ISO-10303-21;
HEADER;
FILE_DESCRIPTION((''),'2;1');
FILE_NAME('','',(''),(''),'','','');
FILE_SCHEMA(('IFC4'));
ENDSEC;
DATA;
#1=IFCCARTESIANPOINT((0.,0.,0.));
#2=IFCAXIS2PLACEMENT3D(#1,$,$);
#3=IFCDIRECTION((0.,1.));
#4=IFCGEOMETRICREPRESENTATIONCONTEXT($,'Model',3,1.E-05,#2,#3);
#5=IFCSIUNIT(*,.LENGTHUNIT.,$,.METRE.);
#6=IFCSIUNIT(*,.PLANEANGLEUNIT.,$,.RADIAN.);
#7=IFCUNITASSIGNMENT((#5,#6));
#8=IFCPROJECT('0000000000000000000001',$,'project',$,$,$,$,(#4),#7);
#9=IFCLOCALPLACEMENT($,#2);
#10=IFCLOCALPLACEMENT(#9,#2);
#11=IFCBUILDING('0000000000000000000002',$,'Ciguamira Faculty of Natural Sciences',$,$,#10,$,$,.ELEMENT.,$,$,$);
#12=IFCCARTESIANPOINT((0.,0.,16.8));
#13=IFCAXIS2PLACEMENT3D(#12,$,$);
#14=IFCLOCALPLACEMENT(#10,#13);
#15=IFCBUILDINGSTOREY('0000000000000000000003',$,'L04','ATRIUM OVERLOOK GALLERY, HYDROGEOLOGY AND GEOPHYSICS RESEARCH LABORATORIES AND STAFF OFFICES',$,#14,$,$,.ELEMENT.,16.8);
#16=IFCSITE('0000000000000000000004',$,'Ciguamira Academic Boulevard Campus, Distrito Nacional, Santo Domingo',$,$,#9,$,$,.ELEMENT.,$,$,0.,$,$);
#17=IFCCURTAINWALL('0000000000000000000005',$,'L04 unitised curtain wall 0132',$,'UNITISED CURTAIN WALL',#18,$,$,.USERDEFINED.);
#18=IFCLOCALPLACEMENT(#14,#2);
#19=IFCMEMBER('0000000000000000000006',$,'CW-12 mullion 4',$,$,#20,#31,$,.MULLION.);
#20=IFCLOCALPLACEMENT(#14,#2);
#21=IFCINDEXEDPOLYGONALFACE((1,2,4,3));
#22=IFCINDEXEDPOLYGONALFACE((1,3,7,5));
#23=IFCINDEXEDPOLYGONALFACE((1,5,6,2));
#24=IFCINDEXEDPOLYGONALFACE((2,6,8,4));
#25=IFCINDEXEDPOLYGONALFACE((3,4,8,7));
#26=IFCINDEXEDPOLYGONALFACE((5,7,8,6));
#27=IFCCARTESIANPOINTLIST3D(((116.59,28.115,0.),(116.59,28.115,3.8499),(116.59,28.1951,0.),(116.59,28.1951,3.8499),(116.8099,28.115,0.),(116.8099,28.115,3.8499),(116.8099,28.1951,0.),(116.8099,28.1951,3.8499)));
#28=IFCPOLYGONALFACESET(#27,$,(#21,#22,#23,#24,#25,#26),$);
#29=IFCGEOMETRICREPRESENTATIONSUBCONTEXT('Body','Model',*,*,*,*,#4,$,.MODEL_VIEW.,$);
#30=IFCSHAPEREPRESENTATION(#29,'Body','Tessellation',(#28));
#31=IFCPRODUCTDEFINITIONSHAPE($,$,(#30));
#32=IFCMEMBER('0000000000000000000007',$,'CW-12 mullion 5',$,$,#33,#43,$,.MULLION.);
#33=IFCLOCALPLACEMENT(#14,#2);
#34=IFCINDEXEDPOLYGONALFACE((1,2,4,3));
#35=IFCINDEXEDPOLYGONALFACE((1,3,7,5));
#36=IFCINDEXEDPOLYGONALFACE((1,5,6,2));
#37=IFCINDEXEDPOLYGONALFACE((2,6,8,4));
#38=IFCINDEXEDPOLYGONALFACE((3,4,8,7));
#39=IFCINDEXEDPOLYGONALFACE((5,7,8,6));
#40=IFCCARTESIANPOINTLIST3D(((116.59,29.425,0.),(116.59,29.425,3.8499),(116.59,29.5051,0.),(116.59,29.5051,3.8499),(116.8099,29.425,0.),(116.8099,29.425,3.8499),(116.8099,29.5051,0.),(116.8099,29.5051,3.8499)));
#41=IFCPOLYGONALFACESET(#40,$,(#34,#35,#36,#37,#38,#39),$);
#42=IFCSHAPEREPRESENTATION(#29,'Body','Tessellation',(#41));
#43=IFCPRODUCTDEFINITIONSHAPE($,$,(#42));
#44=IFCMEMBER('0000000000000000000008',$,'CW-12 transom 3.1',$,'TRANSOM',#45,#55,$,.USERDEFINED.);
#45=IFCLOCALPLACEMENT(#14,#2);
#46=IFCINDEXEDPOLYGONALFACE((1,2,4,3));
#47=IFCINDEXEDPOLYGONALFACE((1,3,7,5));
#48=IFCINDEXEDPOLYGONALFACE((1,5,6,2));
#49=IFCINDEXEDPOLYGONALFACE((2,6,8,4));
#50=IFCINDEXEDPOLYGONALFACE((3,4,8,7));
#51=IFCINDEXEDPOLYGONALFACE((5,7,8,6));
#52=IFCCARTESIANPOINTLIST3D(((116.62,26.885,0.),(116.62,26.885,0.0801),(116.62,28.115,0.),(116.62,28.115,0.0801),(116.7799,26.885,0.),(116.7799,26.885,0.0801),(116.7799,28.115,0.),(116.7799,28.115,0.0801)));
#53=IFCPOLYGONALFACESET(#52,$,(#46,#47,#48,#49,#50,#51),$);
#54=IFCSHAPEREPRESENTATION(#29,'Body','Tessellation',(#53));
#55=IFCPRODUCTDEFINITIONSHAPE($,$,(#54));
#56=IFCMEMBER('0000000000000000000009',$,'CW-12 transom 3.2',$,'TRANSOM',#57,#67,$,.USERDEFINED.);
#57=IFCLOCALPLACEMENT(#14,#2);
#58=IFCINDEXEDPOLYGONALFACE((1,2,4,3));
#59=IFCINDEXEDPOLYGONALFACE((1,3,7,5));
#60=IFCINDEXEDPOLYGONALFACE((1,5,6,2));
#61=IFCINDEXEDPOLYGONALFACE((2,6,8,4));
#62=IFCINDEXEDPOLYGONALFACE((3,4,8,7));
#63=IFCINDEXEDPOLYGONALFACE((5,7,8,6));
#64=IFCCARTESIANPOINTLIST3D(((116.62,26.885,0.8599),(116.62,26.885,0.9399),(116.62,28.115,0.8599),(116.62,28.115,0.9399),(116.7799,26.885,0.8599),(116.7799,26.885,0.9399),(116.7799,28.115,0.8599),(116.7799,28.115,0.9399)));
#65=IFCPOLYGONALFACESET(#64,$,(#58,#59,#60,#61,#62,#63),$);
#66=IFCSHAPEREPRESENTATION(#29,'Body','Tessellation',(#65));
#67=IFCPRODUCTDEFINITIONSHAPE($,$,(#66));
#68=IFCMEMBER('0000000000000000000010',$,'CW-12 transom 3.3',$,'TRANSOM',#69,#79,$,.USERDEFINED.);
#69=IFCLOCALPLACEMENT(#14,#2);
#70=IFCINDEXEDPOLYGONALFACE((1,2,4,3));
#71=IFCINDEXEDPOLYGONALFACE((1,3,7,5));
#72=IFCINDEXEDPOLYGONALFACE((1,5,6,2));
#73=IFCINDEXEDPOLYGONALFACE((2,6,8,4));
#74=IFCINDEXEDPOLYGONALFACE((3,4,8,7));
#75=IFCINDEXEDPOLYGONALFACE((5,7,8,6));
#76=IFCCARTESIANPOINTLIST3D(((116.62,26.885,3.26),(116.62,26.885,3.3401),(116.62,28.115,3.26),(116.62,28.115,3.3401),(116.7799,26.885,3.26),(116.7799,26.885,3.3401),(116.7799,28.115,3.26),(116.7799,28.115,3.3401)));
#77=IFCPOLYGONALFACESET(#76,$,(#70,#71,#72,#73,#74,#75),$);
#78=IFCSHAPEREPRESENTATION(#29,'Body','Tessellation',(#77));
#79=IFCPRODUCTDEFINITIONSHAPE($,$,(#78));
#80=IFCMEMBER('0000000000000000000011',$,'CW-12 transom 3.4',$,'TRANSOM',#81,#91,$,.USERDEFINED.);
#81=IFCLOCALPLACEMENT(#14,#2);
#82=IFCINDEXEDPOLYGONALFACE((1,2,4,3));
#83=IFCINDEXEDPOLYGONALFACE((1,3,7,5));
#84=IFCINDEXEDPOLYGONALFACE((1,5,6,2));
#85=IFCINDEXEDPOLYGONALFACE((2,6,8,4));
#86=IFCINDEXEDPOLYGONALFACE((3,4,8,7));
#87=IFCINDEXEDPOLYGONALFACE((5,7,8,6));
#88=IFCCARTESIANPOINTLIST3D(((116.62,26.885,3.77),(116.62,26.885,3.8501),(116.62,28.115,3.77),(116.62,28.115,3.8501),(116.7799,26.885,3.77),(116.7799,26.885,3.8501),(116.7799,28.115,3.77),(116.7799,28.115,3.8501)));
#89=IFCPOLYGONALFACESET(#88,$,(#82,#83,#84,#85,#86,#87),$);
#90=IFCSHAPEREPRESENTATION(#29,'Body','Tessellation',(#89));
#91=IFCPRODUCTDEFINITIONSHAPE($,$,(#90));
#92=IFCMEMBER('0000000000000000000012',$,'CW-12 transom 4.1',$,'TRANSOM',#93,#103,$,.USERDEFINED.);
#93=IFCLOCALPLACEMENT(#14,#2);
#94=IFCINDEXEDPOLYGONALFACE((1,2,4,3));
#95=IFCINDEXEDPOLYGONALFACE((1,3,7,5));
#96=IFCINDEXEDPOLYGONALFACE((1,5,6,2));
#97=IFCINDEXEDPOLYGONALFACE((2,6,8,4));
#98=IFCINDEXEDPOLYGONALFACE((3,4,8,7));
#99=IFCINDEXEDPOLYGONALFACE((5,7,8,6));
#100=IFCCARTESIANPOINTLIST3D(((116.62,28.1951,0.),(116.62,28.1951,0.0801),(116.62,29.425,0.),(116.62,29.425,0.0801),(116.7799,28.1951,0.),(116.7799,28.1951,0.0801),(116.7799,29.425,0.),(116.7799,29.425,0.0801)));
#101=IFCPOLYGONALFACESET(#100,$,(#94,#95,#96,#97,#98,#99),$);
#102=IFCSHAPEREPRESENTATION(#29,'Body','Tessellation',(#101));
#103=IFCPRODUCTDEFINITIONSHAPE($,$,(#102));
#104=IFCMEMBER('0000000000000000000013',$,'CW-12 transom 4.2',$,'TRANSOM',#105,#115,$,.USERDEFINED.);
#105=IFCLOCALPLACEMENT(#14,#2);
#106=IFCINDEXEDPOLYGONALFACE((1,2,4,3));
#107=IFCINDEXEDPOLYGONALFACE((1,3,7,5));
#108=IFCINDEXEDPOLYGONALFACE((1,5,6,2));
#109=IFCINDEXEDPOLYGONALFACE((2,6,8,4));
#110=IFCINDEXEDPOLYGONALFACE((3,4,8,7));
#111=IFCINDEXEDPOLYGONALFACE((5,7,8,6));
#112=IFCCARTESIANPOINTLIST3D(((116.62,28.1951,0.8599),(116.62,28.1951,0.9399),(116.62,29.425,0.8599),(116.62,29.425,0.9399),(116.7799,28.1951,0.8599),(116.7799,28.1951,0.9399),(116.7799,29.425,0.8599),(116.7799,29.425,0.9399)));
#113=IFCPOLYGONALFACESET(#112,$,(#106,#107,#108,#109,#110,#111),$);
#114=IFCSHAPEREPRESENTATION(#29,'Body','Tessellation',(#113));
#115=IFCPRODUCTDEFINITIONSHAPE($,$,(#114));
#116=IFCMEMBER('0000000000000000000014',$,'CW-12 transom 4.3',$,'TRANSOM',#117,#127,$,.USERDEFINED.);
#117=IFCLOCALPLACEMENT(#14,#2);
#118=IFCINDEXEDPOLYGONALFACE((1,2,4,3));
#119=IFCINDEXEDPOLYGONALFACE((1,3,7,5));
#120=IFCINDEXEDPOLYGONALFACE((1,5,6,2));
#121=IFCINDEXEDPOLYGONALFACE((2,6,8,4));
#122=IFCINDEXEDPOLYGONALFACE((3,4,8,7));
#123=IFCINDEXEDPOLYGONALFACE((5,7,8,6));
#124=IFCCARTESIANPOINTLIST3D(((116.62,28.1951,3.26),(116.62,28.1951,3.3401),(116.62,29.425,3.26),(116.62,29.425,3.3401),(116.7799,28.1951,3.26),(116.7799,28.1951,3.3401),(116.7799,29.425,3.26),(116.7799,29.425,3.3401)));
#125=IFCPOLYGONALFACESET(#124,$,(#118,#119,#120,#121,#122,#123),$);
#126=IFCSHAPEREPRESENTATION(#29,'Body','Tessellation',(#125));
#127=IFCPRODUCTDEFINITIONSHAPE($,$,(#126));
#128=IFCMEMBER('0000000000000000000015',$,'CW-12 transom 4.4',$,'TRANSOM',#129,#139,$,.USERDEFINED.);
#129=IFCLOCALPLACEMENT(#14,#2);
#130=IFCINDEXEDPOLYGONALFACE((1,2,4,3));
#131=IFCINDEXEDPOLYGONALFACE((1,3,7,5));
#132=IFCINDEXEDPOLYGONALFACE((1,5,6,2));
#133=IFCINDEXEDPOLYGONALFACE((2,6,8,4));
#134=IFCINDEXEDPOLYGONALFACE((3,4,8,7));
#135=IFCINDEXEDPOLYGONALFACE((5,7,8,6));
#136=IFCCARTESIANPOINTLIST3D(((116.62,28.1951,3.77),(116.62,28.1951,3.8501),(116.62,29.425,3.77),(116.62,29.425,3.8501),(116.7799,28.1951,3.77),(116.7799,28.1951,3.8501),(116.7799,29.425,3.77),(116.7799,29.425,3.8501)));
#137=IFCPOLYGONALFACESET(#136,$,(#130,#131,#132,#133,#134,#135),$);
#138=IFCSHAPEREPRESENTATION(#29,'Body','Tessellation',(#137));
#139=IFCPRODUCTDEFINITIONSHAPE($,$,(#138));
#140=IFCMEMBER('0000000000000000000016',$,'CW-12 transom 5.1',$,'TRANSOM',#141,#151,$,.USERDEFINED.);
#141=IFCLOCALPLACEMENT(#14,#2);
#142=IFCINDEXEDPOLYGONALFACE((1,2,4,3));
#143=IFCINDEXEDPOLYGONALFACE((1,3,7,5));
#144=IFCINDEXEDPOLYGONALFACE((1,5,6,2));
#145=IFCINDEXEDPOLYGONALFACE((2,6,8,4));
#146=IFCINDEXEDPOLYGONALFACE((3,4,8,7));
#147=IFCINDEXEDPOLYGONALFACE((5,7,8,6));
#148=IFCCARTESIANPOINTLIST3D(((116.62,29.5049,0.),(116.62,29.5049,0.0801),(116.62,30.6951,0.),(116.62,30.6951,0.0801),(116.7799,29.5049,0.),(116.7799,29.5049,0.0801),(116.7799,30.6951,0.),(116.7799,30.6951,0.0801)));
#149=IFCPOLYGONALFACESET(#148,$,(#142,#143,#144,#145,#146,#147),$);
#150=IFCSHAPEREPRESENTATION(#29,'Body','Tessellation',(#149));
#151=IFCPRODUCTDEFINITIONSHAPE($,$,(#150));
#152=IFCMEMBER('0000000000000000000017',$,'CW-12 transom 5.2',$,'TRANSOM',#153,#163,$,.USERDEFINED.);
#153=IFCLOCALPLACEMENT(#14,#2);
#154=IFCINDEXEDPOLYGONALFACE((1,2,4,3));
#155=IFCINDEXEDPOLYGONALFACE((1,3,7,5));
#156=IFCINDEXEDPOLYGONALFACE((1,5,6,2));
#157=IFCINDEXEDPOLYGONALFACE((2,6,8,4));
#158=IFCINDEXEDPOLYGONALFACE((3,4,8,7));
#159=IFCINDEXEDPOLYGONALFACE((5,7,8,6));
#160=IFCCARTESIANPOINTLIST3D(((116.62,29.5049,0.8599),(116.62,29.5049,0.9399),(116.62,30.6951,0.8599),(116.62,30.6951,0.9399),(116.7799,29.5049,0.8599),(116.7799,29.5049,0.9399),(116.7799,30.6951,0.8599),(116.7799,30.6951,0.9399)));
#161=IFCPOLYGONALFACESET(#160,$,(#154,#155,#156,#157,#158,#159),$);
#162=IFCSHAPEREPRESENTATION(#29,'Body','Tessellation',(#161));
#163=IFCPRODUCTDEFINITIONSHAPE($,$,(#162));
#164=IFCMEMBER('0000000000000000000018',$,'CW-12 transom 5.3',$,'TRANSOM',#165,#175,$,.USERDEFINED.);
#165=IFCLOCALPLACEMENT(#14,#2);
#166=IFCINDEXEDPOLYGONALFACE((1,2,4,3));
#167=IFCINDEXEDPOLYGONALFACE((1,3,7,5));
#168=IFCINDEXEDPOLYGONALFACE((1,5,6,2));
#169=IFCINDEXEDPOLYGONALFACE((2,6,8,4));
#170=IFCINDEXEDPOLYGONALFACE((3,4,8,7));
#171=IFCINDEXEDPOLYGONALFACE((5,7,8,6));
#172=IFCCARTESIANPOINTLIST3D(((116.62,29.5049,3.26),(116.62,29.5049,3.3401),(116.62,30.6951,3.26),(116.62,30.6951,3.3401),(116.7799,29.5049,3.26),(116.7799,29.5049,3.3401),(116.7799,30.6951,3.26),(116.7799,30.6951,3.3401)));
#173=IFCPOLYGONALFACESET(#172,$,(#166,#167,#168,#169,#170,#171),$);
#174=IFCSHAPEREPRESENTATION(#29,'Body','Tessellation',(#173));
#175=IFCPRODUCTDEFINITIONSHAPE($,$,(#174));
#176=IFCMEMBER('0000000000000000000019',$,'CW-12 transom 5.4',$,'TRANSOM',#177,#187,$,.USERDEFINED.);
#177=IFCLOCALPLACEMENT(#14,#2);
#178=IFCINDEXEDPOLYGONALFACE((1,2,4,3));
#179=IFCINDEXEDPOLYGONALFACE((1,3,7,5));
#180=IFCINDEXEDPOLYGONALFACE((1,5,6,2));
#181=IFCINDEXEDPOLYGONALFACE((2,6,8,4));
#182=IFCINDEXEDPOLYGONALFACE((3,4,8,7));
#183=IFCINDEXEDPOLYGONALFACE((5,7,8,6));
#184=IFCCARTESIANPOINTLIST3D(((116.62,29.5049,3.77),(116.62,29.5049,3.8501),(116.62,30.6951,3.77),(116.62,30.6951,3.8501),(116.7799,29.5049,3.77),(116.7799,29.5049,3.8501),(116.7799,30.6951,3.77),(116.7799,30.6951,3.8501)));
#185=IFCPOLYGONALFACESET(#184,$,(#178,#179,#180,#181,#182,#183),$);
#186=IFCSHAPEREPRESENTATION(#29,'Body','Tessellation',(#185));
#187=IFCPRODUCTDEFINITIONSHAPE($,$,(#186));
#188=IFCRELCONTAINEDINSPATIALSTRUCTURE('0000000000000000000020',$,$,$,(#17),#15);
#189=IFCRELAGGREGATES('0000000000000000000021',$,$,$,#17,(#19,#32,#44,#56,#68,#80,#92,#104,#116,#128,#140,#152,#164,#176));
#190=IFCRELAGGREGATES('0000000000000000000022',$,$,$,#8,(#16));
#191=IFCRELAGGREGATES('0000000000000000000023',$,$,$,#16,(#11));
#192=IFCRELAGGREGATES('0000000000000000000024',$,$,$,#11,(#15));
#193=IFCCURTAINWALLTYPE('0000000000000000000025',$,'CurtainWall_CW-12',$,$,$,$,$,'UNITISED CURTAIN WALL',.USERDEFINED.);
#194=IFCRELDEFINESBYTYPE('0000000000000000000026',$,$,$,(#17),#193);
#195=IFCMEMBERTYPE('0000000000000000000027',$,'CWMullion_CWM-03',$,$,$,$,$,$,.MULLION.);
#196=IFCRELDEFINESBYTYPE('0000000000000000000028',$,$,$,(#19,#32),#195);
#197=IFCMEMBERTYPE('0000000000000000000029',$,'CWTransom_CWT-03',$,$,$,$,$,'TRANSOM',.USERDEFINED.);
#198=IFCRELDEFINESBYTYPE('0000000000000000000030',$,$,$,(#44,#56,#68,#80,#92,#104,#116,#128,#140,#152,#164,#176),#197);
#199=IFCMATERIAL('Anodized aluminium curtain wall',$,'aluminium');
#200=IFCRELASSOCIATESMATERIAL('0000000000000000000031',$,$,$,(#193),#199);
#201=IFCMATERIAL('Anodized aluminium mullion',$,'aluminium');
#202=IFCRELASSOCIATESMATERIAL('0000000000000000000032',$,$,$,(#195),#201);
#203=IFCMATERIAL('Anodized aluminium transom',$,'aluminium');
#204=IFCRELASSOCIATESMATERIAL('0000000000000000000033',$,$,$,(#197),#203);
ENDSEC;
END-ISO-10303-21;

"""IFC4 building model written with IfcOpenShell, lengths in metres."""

from ifc_helpers import new_model, si_unit, direction, frame, origin, origin_2d, place, context, subcontext, project, spatial, rectangle, extrude, material, material_profile, profile_set, type_object, element, aggregate, save


model = new_model("IFC4")

# Units and contexts
model_context = context("Model", 3, precision=1e-05, world=origin(), true_north=direction((0.0, 1.0)))
body_context = subcontext(model_context, "Body", "Model", "MODEL_VIEW")
ifc_project = project(units=[si_unit("LENGTHUNIT", "METRE"), si_unit("PLANEANGLEUNIT", "RADIAN")], contexts=[model_context])

# Site, building, storey
site_placement = place(None, origin())
site = spatial("IfcSite", under=ifc_project, at=site_placement, Name="Ciguamira Academic Boulevard Campus, Distrito Nacional, Santo Domingo", CompositionType="ELEMENT", RefElevation=0.0)
building_placement = place(site_placement, origin())
building = spatial("IfcBuilding", under=site, at=building_placement, Name="Ciguamira Faculty of Natural Sciences", CompositionType="ELEMENT")
storey_placement = place(building_placement, frame((0.0, 0.0, 16.8)))
storey = spatial("IfcBuildingStorey", under=building, at=storey_placement, Name="L04", Description="ATRIUM OVERLOOK GALLERY, HYDROGEOLOGY AND GEOPHYSICS RESEARCH LABORATORIES AND STAFF OFFICES", CompositionType="ELEMENT", Elevation=16.8)

# Curtain wall, members
ifc_material_1 = material(Name="Anodized aluminium curtain wall", Category="aluminium")
curtain_wall_type = type_object("IfcCurtainWallType", Name="CurtainWall_CW-12", ElementType="UNITISED CURTAIN WALL", PredefinedType="USERDEFINED", material=ifc_material_1)
curtain_wall_placement = place(storey_placement, origin())
curtain_wall = element("IfcCurtainWall", 1, at=curtain_wall_placement, inside=storey, type_object=curtain_wall_type, Name="L04 unitised curtain wall 0132", ObjectType="UNITISED CURTAIN WALL", PredefinedType="USERDEFINED")
ifc_material_2 = material(Name="Anodized aluminium mullion", Category="aluminium")
ifc_material_profile_1 = material_profile(ifc_material_2, rectangle(XDim=0.0801, YDim=0.22, at=origin_2d()), Name="ALU-MUL-80X220")
ifc_profile_set_1 = profile_set([ifc_material_profile_1], Name="Anodized aluminium mullion")
member_type_1 = type_object("IfcMemberType", Name="CWMullion_CWM-03", PredefinedType="MULLION", material=ifc_profile_set_1)
member_1_placement = place(storey_placement, frame((116.7, 28.155, 0.0), z_axis=(0.0, 0.0, 1.0), x_axis=(0.0, 1.0, 0.0)))
member_1 = element("IfcMember", 2, at=member_1_placement, type_object=member_type_1, Name="CW-12 mullion 4", PredefinedType="MULLION", context=body_context, shape_type="SweptSolid", body=[
    extrude(rectangle(XDim=0.0801, YDim=0.22, at=origin_2d()), origin(), (0.0, 0.0, 1.0), 3.8499),
])
member_2_placement = place(storey_placement, frame((116.7, 29.4651, 0.0), z_axis=(0.0, 0.0, 1.0), x_axis=(0.0, 1.0, 0.0)))
member_2 = element("IfcMember", 3, at=member_2_placement, type_object=member_type_1, Name="CW-12 mullion 5", PredefinedType="MULLION", context=body_context, shape_type="SweptSolid", body=[
    extrude(rectangle(XDim=0.0801, YDim=0.22, at=origin_2d()), origin(), (0.0, 0.0, 1.0), 3.8499),
])
ifc_material_3 = material(Name="Anodized aluminium transom", Category="aluminium")
ifc_material_profile_2 = material_profile(ifc_material_3, rectangle(XDim=0.0801, YDim=0.1599, at=origin_2d()), Name="ALU-TRN-80X160")
ifc_profile_set_2 = profile_set([ifc_material_profile_2], Name="Anodized aluminium transom")
member_type_2 = type_object("IfcMemberType", Name="CWTransom_CWT-03", ElementType="TRANSOM", PredefinedType="USERDEFINED", material=ifc_profile_set_2)
member_3_placement = place(storey_placement, frame((116.7, 26.885, 0.04), z_axis=(0.0, 1.0, 0.0), x_axis=(0.0, 0.0, 1.0)))
member_3 = element("IfcMember", 4, at=member_3_placement, type_object=member_type_2, Name="CW-12 transom 3.1", ObjectType="TRANSOM", PredefinedType="USERDEFINED", context=body_context, shape_type="SweptSolid", body=[
    extrude(rectangle(XDim=0.0801, YDim=0.1599, at=origin_2d()), origin(), (0.0, 0.0, 1.0), 1.23),
])
member_4_placement = place(storey_placement, frame((116.7, 26.885, 0.8999), z_axis=(0.0, 1.0, 0.0), x_axis=(0.0, 0.0, 1.0)))
member_4 = element("IfcMember", 5, at=member_4_placement, type_object=member_type_2, Name="CW-12 transom 3.2", ObjectType="TRANSOM", PredefinedType="USERDEFINED", context=body_context, shape_type="SweptSolid", body=[
    extrude(rectangle(XDim=0.0801, YDim=0.1599, at=origin_2d()), origin(), (0.0, 0.0, 1.0), 1.23),
])
member_5_placement = place(storey_placement, frame((116.7, 26.885, 3.3), z_axis=(0.0, 1.0, 0.0), x_axis=(0.0, 0.0, 1.0)))
member_5 = element("IfcMember", 6, at=member_5_placement, type_object=member_type_2, Name="CW-12 transom 3.3", ObjectType="TRANSOM", PredefinedType="USERDEFINED", context=body_context, shape_type="SweptSolid", body=[
    extrude(rectangle(XDim=0.0801, YDim=0.1599, at=origin_2d()), origin(), (0.0, 0.0, 1.0), 1.23),
])
member_6_placement = place(storey_placement, frame((116.7, 26.885, 3.8101), z_axis=(0.0, 1.0, 0.0), x_axis=(0.0, 0.0, 1.0)))
member_6 = element("IfcMember", 7, at=member_6_placement, type_object=member_type_2, Name="CW-12 transom 3.4", ObjectType="TRANSOM", PredefinedType="USERDEFINED", context=body_context, shape_type="SweptSolid", body=[
    extrude(rectangle(XDim=0.0801, YDim=0.1599, at=origin_2d()), origin(), (0.0, 0.0, 1.0), 1.23),
])
member_7_placement = place(storey_placement, frame((116.7, 28.1951, 0.04), z_axis=(0.0, 1.0, 0.0), x_axis=(0.0, 0.0, 1.0)))
member_7 = element("IfcMember", 8, at=member_7_placement, type_object=member_type_2, Name="CW-12 transom 4.1", ObjectType="TRANSOM", PredefinedType="USERDEFINED", context=body_context, shape_type="SweptSolid", body=[
    extrude(rectangle(XDim=0.0801, YDim=0.1599, at=origin_2d()), origin(), (0.0, 0.0, 1.0), 1.23),
])
member_8_placement = place(storey_placement, frame((116.7, 28.1951, 0.8999), z_axis=(0.0, 1.0, 0.0), x_axis=(0.0, 0.0, 1.0)))
member_8 = element("IfcMember", 9, at=member_8_placement, type_object=member_type_2, Name="CW-12 transom 4.2", ObjectType="TRANSOM", PredefinedType="USERDEFINED", context=body_context, shape_type="SweptSolid", body=[
    extrude(rectangle(XDim=0.0801, YDim=0.1599, at=origin_2d()), origin(), (0.0, 0.0, 1.0), 1.23),
])
member_9_placement = place(storey_placement, frame((116.7, 28.1951, 3.3), z_axis=(0.0, 1.0, 0.0), x_axis=(0.0, 0.0, 1.0)))
member_9 = element("IfcMember", 10, at=member_9_placement, type_object=member_type_2, Name="CW-12 transom 4.3", ObjectType="TRANSOM", PredefinedType="USERDEFINED", context=body_context, shape_type="SweptSolid", body=[
    extrude(rectangle(XDim=0.0801, YDim=0.1599, at=origin_2d()), origin(), (0.0, 0.0, 1.0), 1.23),
])
member_10_placement = place(storey_placement, frame((116.7, 28.1951, 3.8101), z_axis=(0.0, 1.0, 0.0), x_axis=(0.0, 0.0, 1.0)))
member_10 = element("IfcMember", 11, at=member_10_placement, type_object=member_type_2, Name="CW-12 transom 4.4", ObjectType="TRANSOM", PredefinedType="USERDEFINED", context=body_context, shape_type="SweptSolid", body=[
    extrude(rectangle(XDim=0.0801, YDim=0.1599, at=origin_2d()), origin(), (0.0, 0.0, 1.0), 1.23),
])
member_11_placement = place(storey_placement, frame((116.7, 29.5049, 0.04), z_axis=(0.0, 1.0, 0.0), x_axis=(0.0, 0.0, 1.0)))
member_11 = element("IfcMember", 12, at=member_11_placement, type_object=member_type_2, Name="CW-12 transom 5.1", ObjectType="TRANSOM", PredefinedType="USERDEFINED", context=body_context, shape_type="SweptSolid", body=[
    extrude(rectangle(XDim=0.0801, YDim=0.1599, at=origin_2d()), origin(), (0.0, 0.0, 1.0), 1.1902),
])
member_12_placement = place(storey_placement, frame((116.7, 29.5049, 0.8999), z_axis=(0.0, 1.0, 0.0), x_axis=(0.0, 0.0, 1.0)))
member_12 = element("IfcMember", 13, at=member_12_placement, type_object=member_type_2, Name="CW-12 transom 5.2", ObjectType="TRANSOM", PredefinedType="USERDEFINED", context=body_context, shape_type="SweptSolid", body=[
    extrude(rectangle(XDim=0.0801, YDim=0.1599, at=origin_2d()), origin(), (0.0, 0.0, 1.0), 1.1902),
])
member_13_placement = place(storey_placement, frame((116.7, 29.5049, 3.3), z_axis=(0.0, 1.0, 0.0), x_axis=(0.0, 0.0, 1.0)))
member_13 = element("IfcMember", 14, at=member_13_placement, type_object=member_type_2, Name="CW-12 transom 5.3", ObjectType="TRANSOM", PredefinedType="USERDEFINED", context=body_context, shape_type="SweptSolid", body=[
    extrude(rectangle(XDim=0.0801, YDim=0.1599, at=origin_2d()), origin(), (0.0, 0.0, 1.0), 1.1902),
])
member_14_placement = place(storey_placement, frame((116.7, 29.5049, 3.8101), z_axis=(0.0, 1.0, 0.0), x_axis=(0.0, 0.0, 1.0)))
member_14 = element("IfcMember", 15, at=member_14_placement, type_object=member_type_2, Name="CW-12 transom 5.4", ObjectType="TRANSOM", PredefinedType="USERDEFINED", context=body_context, shape_type="SweptSolid", body=[
    extrude(rectangle(XDim=0.0801, YDim=0.1599, at=origin_2d()), origin(), (0.0, 0.0, 1.0), 1.1902),
])
aggregate(curtain_wall, [member_1, member_2, member_3, member_4, member_5, member_6, member_7, member_8, member_9, member_10, member_11, member_12, member_13, member_14])

save(model, "model.ifc")
